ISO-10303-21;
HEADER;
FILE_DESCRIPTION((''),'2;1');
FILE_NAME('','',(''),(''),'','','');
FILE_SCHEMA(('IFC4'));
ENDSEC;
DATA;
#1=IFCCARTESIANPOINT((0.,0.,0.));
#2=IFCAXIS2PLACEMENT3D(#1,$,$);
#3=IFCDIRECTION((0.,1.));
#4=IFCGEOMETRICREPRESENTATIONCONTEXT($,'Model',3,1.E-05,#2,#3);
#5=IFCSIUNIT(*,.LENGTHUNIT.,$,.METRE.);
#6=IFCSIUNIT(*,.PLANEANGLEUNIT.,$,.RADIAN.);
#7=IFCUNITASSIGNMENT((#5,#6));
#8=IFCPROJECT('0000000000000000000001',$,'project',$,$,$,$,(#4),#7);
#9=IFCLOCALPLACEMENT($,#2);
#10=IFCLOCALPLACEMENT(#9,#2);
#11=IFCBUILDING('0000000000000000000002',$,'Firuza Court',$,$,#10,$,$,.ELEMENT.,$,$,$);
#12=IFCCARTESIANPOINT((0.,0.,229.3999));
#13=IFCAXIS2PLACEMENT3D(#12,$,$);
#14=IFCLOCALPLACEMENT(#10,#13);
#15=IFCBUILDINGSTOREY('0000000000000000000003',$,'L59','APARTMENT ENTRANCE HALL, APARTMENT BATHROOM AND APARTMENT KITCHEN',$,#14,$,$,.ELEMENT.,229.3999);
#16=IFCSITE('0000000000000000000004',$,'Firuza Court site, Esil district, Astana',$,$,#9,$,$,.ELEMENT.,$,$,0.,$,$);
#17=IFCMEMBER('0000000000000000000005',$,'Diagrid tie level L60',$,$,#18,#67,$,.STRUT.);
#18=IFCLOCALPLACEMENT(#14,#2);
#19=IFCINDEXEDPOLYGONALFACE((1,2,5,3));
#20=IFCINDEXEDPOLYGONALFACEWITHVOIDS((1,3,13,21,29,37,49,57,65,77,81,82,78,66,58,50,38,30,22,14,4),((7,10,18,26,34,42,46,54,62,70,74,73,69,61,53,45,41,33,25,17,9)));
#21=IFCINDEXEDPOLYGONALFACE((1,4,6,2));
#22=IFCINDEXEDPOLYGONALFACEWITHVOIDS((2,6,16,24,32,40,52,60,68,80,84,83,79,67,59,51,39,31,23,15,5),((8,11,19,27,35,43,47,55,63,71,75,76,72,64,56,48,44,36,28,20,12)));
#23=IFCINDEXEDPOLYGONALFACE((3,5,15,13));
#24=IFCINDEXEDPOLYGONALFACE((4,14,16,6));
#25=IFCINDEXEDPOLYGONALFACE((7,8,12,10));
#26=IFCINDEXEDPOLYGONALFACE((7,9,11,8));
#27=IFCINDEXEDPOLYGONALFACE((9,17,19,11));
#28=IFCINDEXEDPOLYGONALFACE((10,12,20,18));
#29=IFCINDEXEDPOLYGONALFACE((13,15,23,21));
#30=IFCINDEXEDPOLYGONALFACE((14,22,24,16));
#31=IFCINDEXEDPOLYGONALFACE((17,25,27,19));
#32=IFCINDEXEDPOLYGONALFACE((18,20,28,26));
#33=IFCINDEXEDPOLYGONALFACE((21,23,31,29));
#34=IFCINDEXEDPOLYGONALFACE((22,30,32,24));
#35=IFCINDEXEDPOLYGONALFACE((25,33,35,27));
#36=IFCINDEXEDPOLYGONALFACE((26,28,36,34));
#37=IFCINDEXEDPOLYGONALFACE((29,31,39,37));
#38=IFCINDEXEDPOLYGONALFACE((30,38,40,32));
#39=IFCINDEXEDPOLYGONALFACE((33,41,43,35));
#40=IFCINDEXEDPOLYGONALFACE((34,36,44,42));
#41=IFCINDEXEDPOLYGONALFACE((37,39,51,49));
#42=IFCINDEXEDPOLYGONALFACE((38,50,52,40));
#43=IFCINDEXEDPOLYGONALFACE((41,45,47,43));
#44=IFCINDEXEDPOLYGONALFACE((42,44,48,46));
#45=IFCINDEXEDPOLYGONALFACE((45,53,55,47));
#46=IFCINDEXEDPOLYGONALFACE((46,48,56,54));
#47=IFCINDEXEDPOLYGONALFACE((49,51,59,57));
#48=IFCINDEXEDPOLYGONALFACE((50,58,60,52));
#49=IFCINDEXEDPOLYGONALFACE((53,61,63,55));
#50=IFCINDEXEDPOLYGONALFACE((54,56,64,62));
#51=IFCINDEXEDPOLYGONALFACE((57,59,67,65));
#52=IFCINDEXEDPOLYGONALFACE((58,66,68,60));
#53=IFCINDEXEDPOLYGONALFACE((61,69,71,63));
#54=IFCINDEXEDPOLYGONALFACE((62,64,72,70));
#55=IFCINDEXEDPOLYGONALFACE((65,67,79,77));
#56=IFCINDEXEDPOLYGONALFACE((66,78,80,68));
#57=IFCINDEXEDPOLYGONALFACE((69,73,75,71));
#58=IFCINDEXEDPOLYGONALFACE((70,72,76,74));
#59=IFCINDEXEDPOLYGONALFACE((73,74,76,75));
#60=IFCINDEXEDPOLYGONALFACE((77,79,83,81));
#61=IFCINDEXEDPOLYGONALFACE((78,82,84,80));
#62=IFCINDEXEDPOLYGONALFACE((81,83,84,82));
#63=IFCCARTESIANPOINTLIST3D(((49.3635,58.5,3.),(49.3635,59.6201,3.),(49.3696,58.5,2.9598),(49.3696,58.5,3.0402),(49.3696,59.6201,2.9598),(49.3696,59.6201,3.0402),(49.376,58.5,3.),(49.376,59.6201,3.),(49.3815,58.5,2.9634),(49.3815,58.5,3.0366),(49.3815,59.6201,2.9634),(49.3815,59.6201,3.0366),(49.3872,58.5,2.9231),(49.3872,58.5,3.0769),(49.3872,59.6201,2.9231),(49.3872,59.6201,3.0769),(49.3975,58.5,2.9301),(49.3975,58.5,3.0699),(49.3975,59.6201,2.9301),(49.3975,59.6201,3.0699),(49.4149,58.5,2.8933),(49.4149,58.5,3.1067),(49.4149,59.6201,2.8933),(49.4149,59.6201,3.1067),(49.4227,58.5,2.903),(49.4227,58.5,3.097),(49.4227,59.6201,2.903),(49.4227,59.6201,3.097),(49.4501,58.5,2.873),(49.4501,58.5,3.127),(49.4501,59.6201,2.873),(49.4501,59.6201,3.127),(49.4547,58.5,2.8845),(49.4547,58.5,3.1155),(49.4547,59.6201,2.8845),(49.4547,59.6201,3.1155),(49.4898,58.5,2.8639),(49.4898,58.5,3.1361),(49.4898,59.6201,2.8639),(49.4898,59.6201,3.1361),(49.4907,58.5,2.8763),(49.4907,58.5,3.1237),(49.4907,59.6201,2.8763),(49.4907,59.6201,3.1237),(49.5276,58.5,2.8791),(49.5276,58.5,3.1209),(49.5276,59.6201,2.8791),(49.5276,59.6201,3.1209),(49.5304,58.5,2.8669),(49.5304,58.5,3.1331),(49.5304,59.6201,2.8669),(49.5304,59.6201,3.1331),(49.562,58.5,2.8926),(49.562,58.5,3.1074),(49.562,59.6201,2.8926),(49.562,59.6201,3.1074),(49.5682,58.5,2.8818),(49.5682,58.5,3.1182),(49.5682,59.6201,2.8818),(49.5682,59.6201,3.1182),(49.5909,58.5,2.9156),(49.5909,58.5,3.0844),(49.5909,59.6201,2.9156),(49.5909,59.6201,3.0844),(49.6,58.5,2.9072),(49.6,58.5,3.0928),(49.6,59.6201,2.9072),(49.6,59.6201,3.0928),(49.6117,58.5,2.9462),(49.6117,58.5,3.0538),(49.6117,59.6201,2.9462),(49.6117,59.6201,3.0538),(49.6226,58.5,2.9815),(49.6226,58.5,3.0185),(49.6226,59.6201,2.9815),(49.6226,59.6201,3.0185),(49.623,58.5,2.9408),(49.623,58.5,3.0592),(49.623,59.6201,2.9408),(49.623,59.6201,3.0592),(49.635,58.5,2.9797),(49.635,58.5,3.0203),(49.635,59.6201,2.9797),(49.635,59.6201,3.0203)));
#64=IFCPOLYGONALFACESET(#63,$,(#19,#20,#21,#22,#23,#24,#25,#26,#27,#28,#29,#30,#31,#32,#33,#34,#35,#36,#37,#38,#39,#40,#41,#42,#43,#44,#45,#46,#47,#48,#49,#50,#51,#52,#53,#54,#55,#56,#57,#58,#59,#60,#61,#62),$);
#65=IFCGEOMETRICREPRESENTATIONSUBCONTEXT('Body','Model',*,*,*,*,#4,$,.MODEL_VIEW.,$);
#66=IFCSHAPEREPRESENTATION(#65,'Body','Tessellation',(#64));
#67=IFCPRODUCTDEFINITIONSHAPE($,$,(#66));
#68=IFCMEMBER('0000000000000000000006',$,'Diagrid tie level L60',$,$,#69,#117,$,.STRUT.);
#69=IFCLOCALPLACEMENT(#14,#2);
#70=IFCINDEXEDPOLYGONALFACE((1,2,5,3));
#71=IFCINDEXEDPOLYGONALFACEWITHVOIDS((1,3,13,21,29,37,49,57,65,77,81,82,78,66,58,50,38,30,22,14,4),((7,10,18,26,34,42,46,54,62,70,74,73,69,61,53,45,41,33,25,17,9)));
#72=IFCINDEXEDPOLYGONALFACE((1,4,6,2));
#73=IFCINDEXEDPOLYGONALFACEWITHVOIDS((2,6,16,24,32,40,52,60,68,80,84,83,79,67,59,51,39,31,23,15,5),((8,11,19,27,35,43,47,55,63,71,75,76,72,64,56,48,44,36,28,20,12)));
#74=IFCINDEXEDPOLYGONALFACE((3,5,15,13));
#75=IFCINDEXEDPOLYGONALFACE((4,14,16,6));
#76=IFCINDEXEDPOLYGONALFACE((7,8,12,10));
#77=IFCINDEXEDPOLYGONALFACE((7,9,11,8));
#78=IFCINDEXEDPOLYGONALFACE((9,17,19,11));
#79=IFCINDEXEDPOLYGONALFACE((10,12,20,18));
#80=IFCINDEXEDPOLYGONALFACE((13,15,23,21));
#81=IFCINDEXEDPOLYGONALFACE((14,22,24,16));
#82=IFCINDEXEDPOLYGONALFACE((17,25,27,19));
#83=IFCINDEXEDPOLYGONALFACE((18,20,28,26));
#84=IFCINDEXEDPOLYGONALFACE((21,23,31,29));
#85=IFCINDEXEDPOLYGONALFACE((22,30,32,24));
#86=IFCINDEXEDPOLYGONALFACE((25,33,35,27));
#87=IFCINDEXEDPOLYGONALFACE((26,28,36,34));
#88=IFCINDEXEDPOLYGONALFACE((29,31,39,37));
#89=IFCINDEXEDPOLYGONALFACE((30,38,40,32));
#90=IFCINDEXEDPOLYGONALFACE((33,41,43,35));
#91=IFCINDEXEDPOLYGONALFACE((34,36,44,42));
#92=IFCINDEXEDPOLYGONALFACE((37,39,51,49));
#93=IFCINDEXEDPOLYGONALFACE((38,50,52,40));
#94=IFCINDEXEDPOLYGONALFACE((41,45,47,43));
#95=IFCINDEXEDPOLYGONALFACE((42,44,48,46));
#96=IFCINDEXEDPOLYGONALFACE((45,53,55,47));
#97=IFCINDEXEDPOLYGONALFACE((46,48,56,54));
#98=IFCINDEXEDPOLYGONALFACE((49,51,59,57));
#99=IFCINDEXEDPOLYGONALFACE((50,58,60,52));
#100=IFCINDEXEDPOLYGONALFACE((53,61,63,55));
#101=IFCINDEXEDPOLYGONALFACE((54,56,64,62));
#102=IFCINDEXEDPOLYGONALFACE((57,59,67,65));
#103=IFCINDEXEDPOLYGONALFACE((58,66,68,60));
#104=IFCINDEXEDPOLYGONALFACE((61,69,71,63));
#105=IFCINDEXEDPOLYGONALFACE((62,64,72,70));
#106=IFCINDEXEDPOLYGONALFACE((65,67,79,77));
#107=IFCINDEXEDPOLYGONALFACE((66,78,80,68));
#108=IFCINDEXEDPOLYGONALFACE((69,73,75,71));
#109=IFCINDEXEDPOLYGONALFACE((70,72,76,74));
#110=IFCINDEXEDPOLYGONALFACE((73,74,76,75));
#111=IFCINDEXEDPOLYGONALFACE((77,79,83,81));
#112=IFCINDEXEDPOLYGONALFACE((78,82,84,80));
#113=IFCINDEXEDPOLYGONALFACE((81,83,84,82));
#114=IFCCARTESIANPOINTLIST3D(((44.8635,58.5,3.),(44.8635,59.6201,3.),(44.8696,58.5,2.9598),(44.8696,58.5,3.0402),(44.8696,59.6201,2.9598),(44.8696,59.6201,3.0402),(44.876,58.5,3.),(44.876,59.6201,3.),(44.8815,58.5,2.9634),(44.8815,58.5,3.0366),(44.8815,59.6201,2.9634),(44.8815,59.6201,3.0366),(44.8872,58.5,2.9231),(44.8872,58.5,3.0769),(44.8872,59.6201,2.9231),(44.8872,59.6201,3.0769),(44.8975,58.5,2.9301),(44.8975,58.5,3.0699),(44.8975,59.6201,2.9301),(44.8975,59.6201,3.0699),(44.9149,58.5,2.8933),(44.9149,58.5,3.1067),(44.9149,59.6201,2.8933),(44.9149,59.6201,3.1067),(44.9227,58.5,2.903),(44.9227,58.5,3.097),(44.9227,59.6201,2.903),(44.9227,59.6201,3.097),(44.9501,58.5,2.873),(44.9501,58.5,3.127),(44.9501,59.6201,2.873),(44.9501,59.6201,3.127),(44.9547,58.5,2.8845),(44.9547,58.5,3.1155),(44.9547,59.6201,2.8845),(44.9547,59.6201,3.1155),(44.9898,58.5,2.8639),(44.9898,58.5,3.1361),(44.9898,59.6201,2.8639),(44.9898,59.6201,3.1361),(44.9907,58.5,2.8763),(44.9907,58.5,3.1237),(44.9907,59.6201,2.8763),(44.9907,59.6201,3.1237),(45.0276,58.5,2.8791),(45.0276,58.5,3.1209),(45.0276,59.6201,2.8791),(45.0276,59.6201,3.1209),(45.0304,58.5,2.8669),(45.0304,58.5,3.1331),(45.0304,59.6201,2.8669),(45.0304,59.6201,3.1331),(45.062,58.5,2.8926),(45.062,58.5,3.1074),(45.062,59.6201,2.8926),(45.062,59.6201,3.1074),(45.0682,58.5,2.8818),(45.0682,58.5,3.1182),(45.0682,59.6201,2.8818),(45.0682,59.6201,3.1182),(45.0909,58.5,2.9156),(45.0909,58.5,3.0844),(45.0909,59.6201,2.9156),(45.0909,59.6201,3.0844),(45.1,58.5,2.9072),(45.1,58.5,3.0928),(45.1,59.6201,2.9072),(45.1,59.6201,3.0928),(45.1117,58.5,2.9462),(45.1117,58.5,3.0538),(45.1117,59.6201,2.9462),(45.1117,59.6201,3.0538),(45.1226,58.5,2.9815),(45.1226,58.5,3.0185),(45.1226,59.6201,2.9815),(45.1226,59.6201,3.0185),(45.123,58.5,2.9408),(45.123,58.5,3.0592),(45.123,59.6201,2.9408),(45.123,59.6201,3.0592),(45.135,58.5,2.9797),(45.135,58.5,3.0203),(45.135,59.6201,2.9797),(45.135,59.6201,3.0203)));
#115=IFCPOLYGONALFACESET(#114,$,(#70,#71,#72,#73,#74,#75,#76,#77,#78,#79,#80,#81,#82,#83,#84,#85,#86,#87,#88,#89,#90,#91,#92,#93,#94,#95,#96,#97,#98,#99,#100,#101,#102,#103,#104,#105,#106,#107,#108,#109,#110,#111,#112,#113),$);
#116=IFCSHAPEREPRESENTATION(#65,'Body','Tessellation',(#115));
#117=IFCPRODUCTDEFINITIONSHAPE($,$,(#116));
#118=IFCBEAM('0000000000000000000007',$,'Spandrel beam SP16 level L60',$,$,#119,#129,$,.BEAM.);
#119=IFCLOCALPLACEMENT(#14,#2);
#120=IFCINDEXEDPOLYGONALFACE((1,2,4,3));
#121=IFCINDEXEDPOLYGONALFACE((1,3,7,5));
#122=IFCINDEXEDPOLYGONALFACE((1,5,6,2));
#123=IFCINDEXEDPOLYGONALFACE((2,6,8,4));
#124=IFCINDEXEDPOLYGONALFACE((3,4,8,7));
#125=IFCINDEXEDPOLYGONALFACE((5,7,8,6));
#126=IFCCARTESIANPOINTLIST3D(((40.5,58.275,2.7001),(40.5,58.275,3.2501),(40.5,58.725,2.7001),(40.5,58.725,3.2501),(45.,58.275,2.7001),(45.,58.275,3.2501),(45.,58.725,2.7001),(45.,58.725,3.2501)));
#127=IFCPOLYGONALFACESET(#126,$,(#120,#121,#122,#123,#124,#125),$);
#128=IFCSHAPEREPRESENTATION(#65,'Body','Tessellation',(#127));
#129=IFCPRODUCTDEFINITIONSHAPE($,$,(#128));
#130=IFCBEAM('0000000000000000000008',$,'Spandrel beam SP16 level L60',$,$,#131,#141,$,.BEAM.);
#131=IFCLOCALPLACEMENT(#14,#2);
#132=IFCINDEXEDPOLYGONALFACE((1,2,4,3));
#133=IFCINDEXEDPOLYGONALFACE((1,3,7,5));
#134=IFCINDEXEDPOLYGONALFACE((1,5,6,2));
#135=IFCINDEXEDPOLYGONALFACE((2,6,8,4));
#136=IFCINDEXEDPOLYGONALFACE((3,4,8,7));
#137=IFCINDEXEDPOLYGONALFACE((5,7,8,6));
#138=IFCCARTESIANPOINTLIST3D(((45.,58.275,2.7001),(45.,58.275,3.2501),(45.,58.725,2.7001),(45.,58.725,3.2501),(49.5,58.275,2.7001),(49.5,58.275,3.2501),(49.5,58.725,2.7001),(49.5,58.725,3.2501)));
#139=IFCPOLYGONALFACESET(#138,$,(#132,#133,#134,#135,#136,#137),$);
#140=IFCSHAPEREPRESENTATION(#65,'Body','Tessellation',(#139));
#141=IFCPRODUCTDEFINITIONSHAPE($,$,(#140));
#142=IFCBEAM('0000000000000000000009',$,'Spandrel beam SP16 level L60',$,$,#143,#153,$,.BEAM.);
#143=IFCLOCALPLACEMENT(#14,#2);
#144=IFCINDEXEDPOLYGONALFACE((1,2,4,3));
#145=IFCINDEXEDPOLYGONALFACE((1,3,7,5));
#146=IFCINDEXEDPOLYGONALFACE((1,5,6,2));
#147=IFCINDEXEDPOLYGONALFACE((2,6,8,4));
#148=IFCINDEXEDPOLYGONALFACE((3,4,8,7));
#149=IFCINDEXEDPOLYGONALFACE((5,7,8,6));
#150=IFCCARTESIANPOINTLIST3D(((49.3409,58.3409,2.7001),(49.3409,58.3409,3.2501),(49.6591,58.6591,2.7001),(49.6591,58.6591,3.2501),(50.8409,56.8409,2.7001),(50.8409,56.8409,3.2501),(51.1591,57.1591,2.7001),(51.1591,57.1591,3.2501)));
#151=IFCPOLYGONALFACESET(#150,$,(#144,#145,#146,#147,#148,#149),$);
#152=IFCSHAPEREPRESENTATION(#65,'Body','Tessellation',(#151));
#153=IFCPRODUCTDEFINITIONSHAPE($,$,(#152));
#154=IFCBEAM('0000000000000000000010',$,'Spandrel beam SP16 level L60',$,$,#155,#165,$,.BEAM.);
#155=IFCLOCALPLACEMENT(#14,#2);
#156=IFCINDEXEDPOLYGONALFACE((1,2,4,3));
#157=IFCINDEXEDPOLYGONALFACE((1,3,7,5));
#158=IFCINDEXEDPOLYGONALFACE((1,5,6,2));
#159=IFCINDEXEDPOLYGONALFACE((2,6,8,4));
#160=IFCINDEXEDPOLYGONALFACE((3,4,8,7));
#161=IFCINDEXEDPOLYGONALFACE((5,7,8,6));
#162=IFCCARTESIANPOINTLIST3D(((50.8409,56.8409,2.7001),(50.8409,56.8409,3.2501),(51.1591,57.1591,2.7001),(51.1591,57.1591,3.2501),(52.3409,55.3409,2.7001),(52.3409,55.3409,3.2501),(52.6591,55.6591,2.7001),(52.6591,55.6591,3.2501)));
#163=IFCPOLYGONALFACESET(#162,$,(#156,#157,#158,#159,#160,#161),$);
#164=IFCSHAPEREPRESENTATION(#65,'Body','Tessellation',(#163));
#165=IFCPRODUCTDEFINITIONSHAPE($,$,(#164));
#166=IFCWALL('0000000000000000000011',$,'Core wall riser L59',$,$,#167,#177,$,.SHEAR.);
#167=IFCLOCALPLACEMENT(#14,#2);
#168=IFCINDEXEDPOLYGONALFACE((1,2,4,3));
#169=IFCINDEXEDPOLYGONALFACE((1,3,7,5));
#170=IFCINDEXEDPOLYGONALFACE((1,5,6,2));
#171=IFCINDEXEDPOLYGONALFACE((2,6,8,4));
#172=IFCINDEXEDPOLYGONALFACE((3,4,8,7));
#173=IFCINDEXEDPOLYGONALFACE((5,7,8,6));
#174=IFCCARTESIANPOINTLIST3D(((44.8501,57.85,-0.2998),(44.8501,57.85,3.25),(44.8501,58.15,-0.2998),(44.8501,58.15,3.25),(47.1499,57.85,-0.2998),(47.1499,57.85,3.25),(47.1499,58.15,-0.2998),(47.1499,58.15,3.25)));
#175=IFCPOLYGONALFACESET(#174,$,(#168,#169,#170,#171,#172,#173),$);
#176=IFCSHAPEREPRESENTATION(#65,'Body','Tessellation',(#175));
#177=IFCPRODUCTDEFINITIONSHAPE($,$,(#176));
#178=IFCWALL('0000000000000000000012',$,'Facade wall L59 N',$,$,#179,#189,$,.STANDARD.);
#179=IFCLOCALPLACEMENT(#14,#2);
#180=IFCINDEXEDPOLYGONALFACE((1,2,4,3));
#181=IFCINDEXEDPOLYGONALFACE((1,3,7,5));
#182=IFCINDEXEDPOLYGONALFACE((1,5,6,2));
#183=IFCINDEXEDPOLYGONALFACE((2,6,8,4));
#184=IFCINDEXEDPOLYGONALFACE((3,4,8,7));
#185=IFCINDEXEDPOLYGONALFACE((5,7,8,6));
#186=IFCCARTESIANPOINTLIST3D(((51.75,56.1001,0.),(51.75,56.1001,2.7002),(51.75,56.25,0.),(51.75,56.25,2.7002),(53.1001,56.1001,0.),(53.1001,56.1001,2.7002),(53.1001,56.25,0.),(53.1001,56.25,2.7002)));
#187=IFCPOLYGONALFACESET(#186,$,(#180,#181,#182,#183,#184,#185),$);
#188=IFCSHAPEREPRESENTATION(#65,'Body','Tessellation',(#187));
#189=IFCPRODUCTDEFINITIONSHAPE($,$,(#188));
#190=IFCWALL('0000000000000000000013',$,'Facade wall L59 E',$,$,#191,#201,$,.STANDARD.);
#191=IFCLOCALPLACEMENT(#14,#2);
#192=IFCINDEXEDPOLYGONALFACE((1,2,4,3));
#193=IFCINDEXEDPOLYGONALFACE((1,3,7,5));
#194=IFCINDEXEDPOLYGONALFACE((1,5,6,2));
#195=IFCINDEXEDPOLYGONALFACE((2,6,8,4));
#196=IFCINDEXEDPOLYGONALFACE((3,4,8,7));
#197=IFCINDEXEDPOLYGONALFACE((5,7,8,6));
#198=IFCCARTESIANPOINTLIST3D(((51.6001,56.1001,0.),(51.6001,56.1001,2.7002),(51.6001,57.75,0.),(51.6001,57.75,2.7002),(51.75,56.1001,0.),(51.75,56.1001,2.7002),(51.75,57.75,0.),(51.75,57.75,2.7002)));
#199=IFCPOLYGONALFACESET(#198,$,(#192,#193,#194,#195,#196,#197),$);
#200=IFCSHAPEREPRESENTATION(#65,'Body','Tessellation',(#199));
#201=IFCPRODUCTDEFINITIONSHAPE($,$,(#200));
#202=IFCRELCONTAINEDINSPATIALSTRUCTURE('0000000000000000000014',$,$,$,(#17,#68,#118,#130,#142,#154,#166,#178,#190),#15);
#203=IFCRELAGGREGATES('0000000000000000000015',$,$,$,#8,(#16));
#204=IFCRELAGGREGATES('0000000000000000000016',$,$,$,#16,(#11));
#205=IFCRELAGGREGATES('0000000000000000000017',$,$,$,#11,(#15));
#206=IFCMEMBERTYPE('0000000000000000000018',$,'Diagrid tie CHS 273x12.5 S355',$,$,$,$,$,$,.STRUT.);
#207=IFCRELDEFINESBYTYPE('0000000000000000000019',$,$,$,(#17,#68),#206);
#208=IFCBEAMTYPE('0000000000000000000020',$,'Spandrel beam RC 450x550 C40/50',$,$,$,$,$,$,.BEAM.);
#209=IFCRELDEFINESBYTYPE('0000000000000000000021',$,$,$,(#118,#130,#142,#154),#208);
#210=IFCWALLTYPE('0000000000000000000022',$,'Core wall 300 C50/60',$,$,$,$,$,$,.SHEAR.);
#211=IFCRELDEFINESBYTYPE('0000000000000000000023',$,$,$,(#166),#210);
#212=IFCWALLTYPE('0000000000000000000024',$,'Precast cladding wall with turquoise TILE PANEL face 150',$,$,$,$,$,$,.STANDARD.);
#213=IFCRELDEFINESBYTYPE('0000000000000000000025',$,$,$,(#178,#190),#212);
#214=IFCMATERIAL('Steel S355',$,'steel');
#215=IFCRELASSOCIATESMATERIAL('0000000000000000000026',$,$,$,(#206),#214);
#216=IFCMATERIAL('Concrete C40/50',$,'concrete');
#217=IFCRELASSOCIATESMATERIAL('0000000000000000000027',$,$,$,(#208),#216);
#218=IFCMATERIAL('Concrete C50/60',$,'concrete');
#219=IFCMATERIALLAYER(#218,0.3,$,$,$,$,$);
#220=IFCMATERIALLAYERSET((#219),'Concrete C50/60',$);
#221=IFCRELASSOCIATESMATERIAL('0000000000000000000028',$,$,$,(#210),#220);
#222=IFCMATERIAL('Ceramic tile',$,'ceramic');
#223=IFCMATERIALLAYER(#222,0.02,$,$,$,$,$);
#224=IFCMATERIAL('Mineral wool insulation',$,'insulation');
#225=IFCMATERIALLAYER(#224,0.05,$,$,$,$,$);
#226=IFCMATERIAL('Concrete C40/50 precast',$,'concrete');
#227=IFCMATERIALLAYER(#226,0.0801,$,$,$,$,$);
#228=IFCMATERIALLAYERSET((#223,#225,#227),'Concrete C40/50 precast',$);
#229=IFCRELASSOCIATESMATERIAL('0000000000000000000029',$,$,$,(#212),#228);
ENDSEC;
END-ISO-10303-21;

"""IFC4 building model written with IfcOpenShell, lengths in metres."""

from ifc_helpers import new_model, si_unit, direction, frame, frame_2d, origin, origin_2d, place, context, subcontext, project, spatial, rectangle, hollow_circle, extrude, material, layer, layer_set, material_profile, profile_set, type_object, element, save


model = new_model("IFC4")

# Units and contexts
model_context = context("Model", 3, precision=1e-05, world=origin(), true_north=direction((0.0, 1.0)))
body_context = subcontext(model_context, "Body", "Model", "MODEL_VIEW")
ifc_project = project(units=[si_unit("LENGTHUNIT", "METRE"), si_unit("PLANEANGLEUNIT", "RADIAN")], contexts=[model_context])

# Site, building, storey
site_placement = place(None, origin())
site = spatial("IfcSite", under=ifc_project, at=site_placement, Name="Firuza Court site, Esil district, Astana", CompositionType="ELEMENT", RefElevation=0.0)
building_placement = place(site_placement, origin())
building = spatial("IfcBuilding", under=site, at=building_placement, Name="Firuza Court", CompositionType="ELEMENT")
storey_placement = place(building_placement, frame((0.0, 0.0, 229.3999)))
storey = spatial("IfcBuildingStorey", under=building, at=storey_placement, Name="L59", Description="APARTMENT ENTRANCE HALL, APARTMENT BATHROOM AND APARTMENT KITCHEN", CompositionType="ELEMENT", Elevation=229.3999)

# Members
ifc_material_1 = material(Name="Steel S355", Category="steel")
ifc_material_profile_1 = material_profile(ifc_material_1, hollow_circle(Radius=0.1365, WallThickness=0.0125, at=origin_2d()), Name="CHS 273x12.5")
ifc_profile_set_1 = profile_set([ifc_material_profile_1], Name="Steel S355")
member_type_1 = type_object("IfcMemberType", Name="Diagrid tie CHS 273x12.5 S355", PredefinedType="STRUT", material=ifc_profile_set_1)
for number, where, z_axis, x_axis, name in (
    (1, (49.5, 58.5, 3.0), (0.0, 1.0, 0.0), (-1.0, 0.0, 0.0), "Diagrid tie level L60"),
    (2, (45.0, 58.5, 3.0), (0.0, 1.0, 0.0), (-1.0, 0.0, 0.0), "Diagrid tie level L60"),
):
    element("IfcMember", number, at=place(storey_placement, frame(where, z_axis=z_axis, x_axis=x_axis)), inside=storey, type_object=member_type_1, Name=name, PredefinedType="STRUT", context=body_context, shape_type="SweptSolid", body=[
        extrude(hollow_circle(Radius=0.1365, WallThickness=0.0125, at=origin_2d()), origin(), (0.0, 0.0, 1.0), 1.1201),
    ])

# Beams
ifc_material_2 = material(Name="Concrete C40/50", Category="concrete")
ifc_material_profile_2 = material_profile(ifc_material_2, rectangle(XDim=0.45, YDim=0.55, at=origin_2d()), Name="RC 450x550")
ifc_profile_set_2 = profile_set([ifc_material_profile_2], Name="Concrete C40/50")
beam_type = type_object("IfcBeamType", Name="Spandrel beam RC 450x550 C40/50", PredefinedType="BEAM", material=ifc_profile_set_2)
for number, where, z_axis, x_axis, name in (
    (3, (45.0, 58.5, 2.9751), (-1.0, 0.0, 0.0), (0.0, -1.0, 0.0), "Spandrel beam SP16 level L60"),
    (4, (49.5, 58.5, 2.9751), (-1.0, 0.0, 0.0), (0.0, -1.0, 0.0), "Spandrel beam SP16 level L60"),
):
    element("IfcBeam", number, at=place(storey_placement, frame(where, z_axis=z_axis, x_axis=x_axis)), inside=storey, type_object=beam_type, Name=name, PredefinedType="BEAM", context=body_context, shape_type="SweptSolid", body=[
        extrude(rectangle(XDim=0.45, YDim=0.55, at=origin_2d()), origin(), (0.0, 0.0, 1.0), 4.5),
    ])
for number, where, z_axis, x_axis, name in (
    (5, (51.0, 57.0, 2.9751), (-0.707107, 0.707107, 0.0), (-0.707107, -0.707107, 0.0), "Spandrel beam SP16 level L60"),
    (6, (52.5, 55.5, 2.9751), (-0.707107, 0.707107, 0.0), (-0.707107, -0.707107, 0.0), "Spandrel beam SP16 level L60"),
):
    element("IfcBeam", number, at=place(storey_placement, frame(where, z_axis=z_axis, x_axis=x_axis)), inside=storey, type_object=beam_type, Name=name, PredefinedType="BEAM", context=body_context, shape_type="SweptSolid", body=[
        extrude(rectangle(XDim=0.45, YDim=0.55, at=origin_2d()), origin(), (0.0, 0.0, 1.0), 2.1213),
    ])

# Walls
ifc_material_3 = material(Name="Concrete C50/60", Category="concrete")
ifc_layer_1 = layer(ifc_material_3, 0.3)
ifc_layer_set_1 = layer_set([ifc_layer_1], Name="Concrete C50/60")
wall_type_1 = type_object("IfcWallType", Name="Core wall 300 C50/60", PredefinedType="SHEAR", material=ifc_layer_set_1)
wall_1_placement = place(storey_placement, frame((44.8501, 58.0, -0.2998), z_axis=(0.0, 0.0, 1.0), x_axis=(1.0, 0.0, 0.0)))
element("IfcWall", 7, at=wall_1_placement, inside=storey, type_object=wall_type_1, Name="Core wall riser L59", PredefinedType="SHEAR", context=body_context, shape_type="SweptSolid", body=[
    extrude(rectangle(XDim=2.2998, YDim=0.3, at=frame_2d((1.1499, 0.0))), origin(), (0.0, 0.0, 1.0), 3.5498),
])
ifc_material_4 = material(Name="Ceramic tile", Category="ceramic")
ifc_layer_2 = layer(ifc_material_4, 0.02)
ifc_material_5 = material(Name="Mineral wool insulation", Category="insulation")
ifc_layer_3 = layer(ifc_material_5, 0.05)
ifc_material_6 = material(Name="Concrete C40/50 precast", Category="concrete")
ifc_layer_4 = layer(ifc_material_6, 0.0801)
ifc_layer_set_2 = layer_set([ifc_layer_2, ifc_layer_3, ifc_layer_4], Name="Concrete C40/50 precast")
wall_type_2 = type_object("IfcWallType", Name="Precast cladding wall with turquoise TILE PANEL face 150", PredefinedType="STANDARD", material=ifc_layer_set_2)
wall_2_placement = place(storey_placement, frame((53.1001, 56.175, 0.0), z_axis=(0.0, 0.0, 1.0), x_axis=(-1.0, 0.0, 0.0)))
element("IfcWall", 8, at=wall_2_placement, inside=storey, type_object=wall_type_2, Name="Facade wall L59 N", PredefinedType="STANDARD", context=body_context, shape_type="SweptSolid", body=[
    extrude(rectangle(XDim=1.3501, YDim=0.1499, at=frame_2d((0.675, 0.0))), origin(), (0.0, 0.0, 1.0), 2.7002),
])
wall_3_placement = place(storey_placement, frame((51.675, 56.1001, 0.0), z_axis=(0.0, 0.0, 1.0), x_axis=(0.0, 1.0, 0.0)))
element("IfcWall", 9, at=wall_3_placement, inside=storey, type_object=wall_type_2, Name="Facade wall L59 E", PredefinedType="STANDARD", context=body_context, shape_type="SweptSolid", body=[
    extrude(rectangle(XDim=1.6499, YDim=0.1499, at=frame_2d((0.825, 0.0))), origin(), (0.0, 0.0, 1.0), 2.7002),
])

save(model, "model.ifc")
